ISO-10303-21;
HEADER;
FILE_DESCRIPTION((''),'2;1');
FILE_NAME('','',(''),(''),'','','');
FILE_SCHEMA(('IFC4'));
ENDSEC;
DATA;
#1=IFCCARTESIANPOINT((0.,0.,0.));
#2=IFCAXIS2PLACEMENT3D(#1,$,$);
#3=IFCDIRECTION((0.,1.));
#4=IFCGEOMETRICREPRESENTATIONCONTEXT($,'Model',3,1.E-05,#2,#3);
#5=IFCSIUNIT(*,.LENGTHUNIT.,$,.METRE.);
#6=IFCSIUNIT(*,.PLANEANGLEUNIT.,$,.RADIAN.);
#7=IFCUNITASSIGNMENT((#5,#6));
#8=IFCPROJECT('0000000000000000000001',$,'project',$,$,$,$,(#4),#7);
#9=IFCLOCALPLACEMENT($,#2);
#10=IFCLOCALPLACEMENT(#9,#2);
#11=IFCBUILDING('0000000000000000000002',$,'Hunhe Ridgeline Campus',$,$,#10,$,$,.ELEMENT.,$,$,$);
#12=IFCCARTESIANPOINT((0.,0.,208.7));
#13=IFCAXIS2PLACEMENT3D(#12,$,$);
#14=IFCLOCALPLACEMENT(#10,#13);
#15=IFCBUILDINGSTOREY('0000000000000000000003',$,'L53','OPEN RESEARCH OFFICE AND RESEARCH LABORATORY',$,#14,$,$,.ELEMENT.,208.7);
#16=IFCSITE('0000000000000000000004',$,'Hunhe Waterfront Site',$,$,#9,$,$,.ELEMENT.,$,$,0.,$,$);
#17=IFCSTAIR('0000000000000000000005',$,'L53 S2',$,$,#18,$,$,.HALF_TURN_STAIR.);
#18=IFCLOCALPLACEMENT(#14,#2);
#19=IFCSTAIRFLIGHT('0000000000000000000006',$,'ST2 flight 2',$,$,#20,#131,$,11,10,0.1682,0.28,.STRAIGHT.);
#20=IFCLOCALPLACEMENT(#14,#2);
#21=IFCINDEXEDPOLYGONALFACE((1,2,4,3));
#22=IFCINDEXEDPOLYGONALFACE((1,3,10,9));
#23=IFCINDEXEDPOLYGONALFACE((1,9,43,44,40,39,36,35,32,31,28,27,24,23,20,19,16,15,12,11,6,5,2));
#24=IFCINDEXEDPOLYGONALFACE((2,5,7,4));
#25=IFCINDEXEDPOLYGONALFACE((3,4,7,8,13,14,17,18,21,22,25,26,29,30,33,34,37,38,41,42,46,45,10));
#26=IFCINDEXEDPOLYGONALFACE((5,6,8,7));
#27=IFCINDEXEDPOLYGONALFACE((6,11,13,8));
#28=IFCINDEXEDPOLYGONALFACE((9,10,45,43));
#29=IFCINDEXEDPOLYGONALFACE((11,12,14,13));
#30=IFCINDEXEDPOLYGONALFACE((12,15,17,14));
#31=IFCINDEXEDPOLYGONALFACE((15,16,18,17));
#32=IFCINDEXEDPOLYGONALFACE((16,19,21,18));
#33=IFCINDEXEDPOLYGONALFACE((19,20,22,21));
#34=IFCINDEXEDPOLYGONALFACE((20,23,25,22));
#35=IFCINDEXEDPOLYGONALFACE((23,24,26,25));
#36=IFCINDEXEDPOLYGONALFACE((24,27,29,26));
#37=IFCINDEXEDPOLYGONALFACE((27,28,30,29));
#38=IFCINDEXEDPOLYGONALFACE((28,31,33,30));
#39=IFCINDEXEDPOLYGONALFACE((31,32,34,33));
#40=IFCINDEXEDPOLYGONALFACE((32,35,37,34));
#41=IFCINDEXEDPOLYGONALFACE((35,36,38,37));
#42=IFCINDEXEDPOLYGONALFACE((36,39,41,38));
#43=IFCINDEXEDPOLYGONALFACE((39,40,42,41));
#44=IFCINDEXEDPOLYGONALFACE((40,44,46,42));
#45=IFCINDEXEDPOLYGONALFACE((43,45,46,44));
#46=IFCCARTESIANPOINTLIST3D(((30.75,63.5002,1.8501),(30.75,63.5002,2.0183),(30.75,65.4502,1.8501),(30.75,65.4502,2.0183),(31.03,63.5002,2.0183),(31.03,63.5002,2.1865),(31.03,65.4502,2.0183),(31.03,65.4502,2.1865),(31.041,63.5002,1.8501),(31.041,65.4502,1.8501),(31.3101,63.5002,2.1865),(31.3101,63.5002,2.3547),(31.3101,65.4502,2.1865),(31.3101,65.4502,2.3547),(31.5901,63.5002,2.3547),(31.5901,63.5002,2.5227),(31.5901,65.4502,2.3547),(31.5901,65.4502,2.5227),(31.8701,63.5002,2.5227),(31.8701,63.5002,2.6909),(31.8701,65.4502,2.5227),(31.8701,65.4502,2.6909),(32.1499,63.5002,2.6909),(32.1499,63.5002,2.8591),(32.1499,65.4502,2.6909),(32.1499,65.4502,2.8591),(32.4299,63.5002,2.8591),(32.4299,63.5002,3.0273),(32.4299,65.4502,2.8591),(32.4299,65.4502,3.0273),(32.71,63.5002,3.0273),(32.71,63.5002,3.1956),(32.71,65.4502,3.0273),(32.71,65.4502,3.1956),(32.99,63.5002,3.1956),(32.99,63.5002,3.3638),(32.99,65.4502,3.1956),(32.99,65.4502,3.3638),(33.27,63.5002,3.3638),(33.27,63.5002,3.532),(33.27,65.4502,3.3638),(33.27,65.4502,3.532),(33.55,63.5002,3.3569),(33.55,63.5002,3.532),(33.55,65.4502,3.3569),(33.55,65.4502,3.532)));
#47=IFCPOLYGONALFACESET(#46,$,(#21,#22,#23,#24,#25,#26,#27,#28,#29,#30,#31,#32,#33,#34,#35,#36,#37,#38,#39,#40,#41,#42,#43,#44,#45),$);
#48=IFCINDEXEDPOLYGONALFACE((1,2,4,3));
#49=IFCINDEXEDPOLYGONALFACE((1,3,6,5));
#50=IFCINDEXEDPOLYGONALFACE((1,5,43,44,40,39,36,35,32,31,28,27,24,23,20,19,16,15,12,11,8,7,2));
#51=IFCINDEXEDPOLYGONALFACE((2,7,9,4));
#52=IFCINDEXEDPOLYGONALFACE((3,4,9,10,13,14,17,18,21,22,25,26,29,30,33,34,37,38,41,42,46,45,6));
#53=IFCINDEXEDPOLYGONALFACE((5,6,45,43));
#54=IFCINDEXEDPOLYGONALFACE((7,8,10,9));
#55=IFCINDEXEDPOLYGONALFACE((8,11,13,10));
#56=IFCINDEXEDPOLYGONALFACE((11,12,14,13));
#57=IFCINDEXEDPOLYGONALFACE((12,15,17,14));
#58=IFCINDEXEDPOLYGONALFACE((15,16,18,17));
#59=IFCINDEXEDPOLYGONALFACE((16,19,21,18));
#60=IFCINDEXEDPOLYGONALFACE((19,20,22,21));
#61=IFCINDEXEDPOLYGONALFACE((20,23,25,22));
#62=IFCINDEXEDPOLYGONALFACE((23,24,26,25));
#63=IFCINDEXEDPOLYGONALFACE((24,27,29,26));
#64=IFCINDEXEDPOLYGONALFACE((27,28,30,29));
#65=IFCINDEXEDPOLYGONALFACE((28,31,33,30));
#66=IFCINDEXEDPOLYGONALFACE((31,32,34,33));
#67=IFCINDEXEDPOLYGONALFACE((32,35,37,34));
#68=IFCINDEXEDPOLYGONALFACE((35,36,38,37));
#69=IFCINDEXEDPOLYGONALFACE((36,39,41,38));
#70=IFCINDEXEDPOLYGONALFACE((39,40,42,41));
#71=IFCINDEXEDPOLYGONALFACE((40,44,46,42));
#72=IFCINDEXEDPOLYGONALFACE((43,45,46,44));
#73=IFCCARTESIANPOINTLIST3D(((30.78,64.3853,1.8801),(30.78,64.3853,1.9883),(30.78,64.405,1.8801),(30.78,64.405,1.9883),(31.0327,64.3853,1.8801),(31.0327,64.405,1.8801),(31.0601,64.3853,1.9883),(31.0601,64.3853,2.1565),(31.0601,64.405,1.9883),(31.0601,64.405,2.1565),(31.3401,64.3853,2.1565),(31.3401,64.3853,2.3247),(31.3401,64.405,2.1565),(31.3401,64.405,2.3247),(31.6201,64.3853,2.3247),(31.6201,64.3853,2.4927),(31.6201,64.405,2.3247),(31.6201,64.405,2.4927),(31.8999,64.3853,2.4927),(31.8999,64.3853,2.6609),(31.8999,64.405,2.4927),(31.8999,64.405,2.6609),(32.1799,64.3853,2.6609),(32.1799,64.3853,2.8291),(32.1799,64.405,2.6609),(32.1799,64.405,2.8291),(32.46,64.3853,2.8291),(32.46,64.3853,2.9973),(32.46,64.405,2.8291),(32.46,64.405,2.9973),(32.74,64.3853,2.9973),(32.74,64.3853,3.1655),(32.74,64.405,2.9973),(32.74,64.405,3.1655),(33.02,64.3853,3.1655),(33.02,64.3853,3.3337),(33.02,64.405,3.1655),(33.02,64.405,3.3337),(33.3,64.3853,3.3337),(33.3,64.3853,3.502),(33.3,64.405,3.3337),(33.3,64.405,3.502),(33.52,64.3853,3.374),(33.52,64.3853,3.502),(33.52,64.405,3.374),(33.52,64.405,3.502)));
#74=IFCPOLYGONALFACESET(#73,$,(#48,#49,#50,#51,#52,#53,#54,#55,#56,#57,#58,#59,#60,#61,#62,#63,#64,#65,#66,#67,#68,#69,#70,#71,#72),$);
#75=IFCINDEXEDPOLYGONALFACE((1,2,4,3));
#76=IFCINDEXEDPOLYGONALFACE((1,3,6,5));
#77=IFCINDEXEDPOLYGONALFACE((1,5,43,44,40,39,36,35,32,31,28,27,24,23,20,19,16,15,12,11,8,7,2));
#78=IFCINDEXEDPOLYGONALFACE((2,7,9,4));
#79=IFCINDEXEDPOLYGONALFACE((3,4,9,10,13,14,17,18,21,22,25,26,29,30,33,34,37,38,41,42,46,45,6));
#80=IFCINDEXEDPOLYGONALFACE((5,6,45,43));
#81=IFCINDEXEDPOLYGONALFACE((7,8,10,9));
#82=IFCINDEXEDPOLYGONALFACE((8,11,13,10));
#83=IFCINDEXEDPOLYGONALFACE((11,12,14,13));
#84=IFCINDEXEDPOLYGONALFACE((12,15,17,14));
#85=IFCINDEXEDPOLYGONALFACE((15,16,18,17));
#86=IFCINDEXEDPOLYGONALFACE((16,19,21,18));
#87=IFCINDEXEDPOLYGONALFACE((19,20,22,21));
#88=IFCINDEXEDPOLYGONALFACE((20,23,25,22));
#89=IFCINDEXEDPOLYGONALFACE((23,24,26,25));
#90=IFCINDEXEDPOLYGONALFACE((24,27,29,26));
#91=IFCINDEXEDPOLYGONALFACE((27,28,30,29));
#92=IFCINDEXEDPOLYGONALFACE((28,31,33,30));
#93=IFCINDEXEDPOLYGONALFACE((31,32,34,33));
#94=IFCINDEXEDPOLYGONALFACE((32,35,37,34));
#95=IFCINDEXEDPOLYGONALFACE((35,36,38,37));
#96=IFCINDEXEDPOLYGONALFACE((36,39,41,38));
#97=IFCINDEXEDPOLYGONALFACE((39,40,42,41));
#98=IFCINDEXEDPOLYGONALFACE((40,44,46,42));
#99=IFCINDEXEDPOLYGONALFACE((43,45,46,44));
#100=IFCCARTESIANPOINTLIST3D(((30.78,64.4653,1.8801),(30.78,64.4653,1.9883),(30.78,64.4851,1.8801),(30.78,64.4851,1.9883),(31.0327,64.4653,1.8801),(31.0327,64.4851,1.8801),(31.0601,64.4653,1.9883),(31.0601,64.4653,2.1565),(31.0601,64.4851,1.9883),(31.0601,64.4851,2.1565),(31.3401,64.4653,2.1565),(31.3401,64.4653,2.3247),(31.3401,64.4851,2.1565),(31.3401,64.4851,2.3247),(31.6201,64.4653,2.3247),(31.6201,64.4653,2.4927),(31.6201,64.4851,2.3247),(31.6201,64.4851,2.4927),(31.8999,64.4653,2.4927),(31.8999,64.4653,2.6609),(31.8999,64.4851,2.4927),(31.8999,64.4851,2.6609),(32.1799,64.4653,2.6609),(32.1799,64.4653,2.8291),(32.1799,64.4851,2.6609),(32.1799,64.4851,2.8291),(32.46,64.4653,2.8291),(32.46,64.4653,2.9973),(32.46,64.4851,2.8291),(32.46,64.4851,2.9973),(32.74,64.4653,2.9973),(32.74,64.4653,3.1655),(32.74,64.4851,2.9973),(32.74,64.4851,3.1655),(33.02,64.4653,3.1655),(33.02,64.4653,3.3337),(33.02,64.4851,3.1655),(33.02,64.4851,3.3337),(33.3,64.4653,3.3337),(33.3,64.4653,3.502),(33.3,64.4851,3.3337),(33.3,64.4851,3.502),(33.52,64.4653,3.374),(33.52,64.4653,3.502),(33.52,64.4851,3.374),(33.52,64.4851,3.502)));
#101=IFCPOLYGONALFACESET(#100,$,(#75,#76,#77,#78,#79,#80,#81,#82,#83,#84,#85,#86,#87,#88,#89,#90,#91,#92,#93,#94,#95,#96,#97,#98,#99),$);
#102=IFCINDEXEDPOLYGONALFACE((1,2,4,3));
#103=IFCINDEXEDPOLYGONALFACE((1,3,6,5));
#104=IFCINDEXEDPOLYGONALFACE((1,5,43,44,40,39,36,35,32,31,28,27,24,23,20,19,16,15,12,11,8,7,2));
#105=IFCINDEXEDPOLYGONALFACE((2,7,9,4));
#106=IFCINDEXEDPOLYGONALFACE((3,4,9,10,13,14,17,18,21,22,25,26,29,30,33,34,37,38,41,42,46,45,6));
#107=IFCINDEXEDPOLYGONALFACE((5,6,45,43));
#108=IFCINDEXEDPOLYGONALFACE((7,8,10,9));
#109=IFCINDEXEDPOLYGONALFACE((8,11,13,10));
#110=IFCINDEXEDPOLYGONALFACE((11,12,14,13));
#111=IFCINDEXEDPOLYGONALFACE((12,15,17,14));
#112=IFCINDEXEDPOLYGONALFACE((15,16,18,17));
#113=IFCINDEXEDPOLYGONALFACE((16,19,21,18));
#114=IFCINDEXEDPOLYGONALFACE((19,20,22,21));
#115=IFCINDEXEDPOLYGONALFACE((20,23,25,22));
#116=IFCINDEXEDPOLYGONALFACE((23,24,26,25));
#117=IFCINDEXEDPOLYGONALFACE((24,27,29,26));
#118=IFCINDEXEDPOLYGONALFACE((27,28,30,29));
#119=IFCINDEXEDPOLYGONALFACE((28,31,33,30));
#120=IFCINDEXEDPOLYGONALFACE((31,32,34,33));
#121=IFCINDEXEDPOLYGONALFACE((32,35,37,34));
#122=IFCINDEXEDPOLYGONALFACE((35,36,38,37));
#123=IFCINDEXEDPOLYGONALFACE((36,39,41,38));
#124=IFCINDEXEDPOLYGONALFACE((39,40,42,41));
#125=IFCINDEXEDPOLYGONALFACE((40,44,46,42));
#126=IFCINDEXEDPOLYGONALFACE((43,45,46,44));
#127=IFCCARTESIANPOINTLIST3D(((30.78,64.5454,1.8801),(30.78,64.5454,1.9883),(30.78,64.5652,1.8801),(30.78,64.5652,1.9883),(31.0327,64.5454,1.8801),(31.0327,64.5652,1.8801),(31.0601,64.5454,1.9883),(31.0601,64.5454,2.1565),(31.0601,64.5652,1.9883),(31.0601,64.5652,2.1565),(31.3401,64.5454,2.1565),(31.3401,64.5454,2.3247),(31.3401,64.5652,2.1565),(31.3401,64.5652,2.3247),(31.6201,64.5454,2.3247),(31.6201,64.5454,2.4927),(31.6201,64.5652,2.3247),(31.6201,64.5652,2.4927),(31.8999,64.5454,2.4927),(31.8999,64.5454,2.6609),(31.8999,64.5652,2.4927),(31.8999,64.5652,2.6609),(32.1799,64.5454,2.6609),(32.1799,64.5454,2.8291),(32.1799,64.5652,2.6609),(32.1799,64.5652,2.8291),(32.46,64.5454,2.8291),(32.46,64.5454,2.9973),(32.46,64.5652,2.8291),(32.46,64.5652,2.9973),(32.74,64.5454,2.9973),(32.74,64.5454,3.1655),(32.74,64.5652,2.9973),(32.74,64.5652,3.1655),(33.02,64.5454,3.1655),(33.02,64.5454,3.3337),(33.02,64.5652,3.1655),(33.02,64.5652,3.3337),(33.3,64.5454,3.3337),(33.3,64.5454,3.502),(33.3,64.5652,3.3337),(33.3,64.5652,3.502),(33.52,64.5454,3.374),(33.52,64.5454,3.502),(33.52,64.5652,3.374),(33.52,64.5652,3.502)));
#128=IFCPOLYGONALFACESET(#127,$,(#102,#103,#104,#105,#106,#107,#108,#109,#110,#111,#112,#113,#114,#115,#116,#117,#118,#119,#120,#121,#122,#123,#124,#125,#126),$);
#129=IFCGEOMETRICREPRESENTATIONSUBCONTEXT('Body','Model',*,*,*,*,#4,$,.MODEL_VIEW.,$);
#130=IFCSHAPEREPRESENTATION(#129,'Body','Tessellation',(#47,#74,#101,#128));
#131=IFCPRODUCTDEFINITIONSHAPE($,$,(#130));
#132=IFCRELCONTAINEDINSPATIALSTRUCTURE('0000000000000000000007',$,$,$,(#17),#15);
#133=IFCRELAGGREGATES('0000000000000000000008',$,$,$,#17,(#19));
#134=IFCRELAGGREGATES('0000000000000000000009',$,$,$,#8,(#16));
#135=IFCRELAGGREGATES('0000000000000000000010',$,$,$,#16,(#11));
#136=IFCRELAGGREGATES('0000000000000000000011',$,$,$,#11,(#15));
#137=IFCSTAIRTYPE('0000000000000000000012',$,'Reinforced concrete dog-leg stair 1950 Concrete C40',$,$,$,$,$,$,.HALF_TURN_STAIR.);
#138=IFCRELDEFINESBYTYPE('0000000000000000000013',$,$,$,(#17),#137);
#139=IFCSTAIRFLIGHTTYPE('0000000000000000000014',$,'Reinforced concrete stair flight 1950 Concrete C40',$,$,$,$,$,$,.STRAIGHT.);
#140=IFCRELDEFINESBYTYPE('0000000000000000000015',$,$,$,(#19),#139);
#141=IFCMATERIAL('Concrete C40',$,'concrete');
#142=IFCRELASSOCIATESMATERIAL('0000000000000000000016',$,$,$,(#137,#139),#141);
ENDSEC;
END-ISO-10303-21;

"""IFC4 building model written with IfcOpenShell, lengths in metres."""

from ifc_helpers import new_model, si_unit, direction, frame, origin, place, context, subcontext, project, spatial, polyline, outline, extrude, material, type_object, element, aggregate, save


model = new_model("IFC4")

# Units and contexts
model_context = context("Model", 3, precision=1e-05, world=origin(), true_north=direction((0.0, 1.0)))
body_context = subcontext(model_context, "Body", "Model", "MODEL_VIEW")
ifc_project = project(units=[si_unit("LENGTHUNIT", "METRE"), si_unit("PLANEANGLEUNIT", "RADIAN")], contexts=[model_context])

# Site, building, storey
site_placement = place(None, origin())
site = spatial("IfcSite", under=ifc_project, at=site_placement, Name="Hunhe Waterfront Site", CompositionType="ELEMENT", RefElevation=0.0)
building_placement = place(site_placement, origin())
building = spatial("IfcBuilding", under=site, at=building_placement, Name="Hunhe Ridgeline Campus", CompositionType="ELEMENT")
storey_placement = place(building_placement, frame((0.0, 0.0, 208.7)))
storey = spatial("IfcBuildingStorey", under=building, at=storey_placement, Name="L53", Description="OPEN RESEARCH OFFICE AND RESEARCH LABORATORY", CompositionType="ELEMENT", Elevation=208.7)

# Stair, stair flight
ifc_material_1 = material(Name="Concrete C40", Category="concrete")
stair_type = type_object("IfcStairType", Name="Reinforced concrete dog-leg stair 1950 Concrete C40", PredefinedType="HALF_TURN_STAIR", material=ifc_material_1)
stair_placement = place(storey_placement, origin())
stair = element("IfcStair", 1, at=stair_placement, inside=storey, type_object=stair_type, Name="L53 S2", PredefinedType="HALF_TURN_STAIR")
stair_flight_type = type_object("IfcStairFlightType", Name="Reinforced concrete stair flight 1950 Concrete C40", PredefinedType="STRAIGHT", material=ifc_material_1)
stair_flight_1_placement = place(storey_placement, frame((30.75, 64.4751, 1.8501), z_axis=(0.0, 0.0, 1.0), x_axis=(1.0, 0.0, 0.0)))
stair_flight_1 = element("IfcStairFlight", 2, at=stair_flight_1_placement, type_object=stair_flight_type, Name="ST2 flight 2", NumberOfRisers=11, NumberOfTreads=10, PredefinedType="STRAIGHT", RiserHeight=0.1682, TreadLength=0.28, context=body_context, shape_type="SweptSolid", body=[
    extrude(outline(polyline([(0.0, 0.0), (0.0, 0.1682), (0.28, 0.1682), (0.28, 0.3364), (0.5601, 0.3364), (0.5601, 0.5046), (0.8401, 0.5046), (0.8401, 0.6726), (1.1201, 0.6726), (1.1201, 0.8408), (1.3999, 0.8408), (1.3999, 1.009), (1.6799, 1.009), (1.6799, 1.1772), (1.96, 1.1772), (1.96, 1.3455), (2.24, 1.3455), (2.24, 1.5137), (2.52, 1.5137), (2.52, 1.6819), (2.8, 1.6819), (2.8, 1.8501), (2.8, 1.5068), (0.291, 0.0), (0.0, 0.0)])), frame((0.0, 0.9751, 0.0), z_axis=(0.0, -1.0, 0.0), x_axis=(1.0, 0.0, 0.0)), (0.0, 0.0, 1.0), 1.95),
    extrude(outline(polyline([(0.03, 0.03), (0.03, 0.1382), (0.3101, 0.1382), (0.3101, 0.3064), (0.5901, 0.3064), (0.5901, 0.4746), (0.8701, 0.4746), (0.8701, 0.6426), (1.1499, 0.6426), (1.1499, 0.8108), (1.4299, 0.8108), (1.4299, 0.979), (1.71, 0.979), (1.71, 1.1472), (1.99, 1.1472), (1.99, 1.3154), (2.27, 1.3154), (2.27, 1.4836), (2.55, 1.4836), (2.55, 1.6519), (2.77, 1.6519), (2.77, 1.5239), (0.2827, 0.03), (0.03, 0.03)])), frame((0.0, -0.0701, 0.0), z_axis=(0.0, -1.0, 0.0), x_axis=(1.0, 0.0, 0.0)), (0.0, 0.0, 1.0), 0.0198),
    extrude(outline(polyline([(0.03, 0.03), (0.03, 0.1382), (0.3101, 0.1382), (0.3101, 0.3064), (0.5901, 0.3064), (0.5901, 0.4746), (0.8701, 0.4746), (0.8701, 0.6426), (1.1499, 0.6426), (1.1499, 0.8108), (1.4299, 0.8108), (1.4299, 0.979), (1.71, 0.979), (1.71, 1.1472), (1.99, 1.1472), (1.99, 1.3154), (2.27, 1.3154), (2.27, 1.4836), (2.55, 1.4836), (2.55, 1.6519), (2.77, 1.6519), (2.77, 1.5239), (0.2827, 0.03), (0.03, 0.03)])), frame((0.0, 0.01, 0.0), z_axis=(0.0, -1.0, 0.0), x_axis=(1.0, 0.0, 0.0)), (0.0, 0.0, 1.0), 0.0198),
    extrude(outline(polyline([(0.03, 0.03), (0.03, 0.1382), (0.3101, 0.1382), (0.3101, 0.3064), (0.5901, 0.3064), (0.5901, 0.4746), (0.8701, 0.4746), (0.8701, 0.6426), (1.1499, 0.6426), (1.1499, 0.8108), (1.4299, 0.8108), (1.4299, 0.979), (1.71, 0.979), (1.71, 1.1472), (1.99, 1.1472), (1.99, 1.3154), (2.27, 1.3154), (2.27, 1.4836), (2.55, 1.4836), (2.55, 1.6519), (2.77, 1.6519), (2.77, 1.5239), (0.2827, 0.03), (0.03, 0.03)])), frame((0.0, 0.0901, 0.0), z_axis=(0.0, -1.0, 0.0), x_axis=(1.0, 0.0, 0.0)), (0.0, 0.0, 1.0), 0.0198),
])
aggregate(stair, [stair_flight_1])

save(model, "model.ifc")
